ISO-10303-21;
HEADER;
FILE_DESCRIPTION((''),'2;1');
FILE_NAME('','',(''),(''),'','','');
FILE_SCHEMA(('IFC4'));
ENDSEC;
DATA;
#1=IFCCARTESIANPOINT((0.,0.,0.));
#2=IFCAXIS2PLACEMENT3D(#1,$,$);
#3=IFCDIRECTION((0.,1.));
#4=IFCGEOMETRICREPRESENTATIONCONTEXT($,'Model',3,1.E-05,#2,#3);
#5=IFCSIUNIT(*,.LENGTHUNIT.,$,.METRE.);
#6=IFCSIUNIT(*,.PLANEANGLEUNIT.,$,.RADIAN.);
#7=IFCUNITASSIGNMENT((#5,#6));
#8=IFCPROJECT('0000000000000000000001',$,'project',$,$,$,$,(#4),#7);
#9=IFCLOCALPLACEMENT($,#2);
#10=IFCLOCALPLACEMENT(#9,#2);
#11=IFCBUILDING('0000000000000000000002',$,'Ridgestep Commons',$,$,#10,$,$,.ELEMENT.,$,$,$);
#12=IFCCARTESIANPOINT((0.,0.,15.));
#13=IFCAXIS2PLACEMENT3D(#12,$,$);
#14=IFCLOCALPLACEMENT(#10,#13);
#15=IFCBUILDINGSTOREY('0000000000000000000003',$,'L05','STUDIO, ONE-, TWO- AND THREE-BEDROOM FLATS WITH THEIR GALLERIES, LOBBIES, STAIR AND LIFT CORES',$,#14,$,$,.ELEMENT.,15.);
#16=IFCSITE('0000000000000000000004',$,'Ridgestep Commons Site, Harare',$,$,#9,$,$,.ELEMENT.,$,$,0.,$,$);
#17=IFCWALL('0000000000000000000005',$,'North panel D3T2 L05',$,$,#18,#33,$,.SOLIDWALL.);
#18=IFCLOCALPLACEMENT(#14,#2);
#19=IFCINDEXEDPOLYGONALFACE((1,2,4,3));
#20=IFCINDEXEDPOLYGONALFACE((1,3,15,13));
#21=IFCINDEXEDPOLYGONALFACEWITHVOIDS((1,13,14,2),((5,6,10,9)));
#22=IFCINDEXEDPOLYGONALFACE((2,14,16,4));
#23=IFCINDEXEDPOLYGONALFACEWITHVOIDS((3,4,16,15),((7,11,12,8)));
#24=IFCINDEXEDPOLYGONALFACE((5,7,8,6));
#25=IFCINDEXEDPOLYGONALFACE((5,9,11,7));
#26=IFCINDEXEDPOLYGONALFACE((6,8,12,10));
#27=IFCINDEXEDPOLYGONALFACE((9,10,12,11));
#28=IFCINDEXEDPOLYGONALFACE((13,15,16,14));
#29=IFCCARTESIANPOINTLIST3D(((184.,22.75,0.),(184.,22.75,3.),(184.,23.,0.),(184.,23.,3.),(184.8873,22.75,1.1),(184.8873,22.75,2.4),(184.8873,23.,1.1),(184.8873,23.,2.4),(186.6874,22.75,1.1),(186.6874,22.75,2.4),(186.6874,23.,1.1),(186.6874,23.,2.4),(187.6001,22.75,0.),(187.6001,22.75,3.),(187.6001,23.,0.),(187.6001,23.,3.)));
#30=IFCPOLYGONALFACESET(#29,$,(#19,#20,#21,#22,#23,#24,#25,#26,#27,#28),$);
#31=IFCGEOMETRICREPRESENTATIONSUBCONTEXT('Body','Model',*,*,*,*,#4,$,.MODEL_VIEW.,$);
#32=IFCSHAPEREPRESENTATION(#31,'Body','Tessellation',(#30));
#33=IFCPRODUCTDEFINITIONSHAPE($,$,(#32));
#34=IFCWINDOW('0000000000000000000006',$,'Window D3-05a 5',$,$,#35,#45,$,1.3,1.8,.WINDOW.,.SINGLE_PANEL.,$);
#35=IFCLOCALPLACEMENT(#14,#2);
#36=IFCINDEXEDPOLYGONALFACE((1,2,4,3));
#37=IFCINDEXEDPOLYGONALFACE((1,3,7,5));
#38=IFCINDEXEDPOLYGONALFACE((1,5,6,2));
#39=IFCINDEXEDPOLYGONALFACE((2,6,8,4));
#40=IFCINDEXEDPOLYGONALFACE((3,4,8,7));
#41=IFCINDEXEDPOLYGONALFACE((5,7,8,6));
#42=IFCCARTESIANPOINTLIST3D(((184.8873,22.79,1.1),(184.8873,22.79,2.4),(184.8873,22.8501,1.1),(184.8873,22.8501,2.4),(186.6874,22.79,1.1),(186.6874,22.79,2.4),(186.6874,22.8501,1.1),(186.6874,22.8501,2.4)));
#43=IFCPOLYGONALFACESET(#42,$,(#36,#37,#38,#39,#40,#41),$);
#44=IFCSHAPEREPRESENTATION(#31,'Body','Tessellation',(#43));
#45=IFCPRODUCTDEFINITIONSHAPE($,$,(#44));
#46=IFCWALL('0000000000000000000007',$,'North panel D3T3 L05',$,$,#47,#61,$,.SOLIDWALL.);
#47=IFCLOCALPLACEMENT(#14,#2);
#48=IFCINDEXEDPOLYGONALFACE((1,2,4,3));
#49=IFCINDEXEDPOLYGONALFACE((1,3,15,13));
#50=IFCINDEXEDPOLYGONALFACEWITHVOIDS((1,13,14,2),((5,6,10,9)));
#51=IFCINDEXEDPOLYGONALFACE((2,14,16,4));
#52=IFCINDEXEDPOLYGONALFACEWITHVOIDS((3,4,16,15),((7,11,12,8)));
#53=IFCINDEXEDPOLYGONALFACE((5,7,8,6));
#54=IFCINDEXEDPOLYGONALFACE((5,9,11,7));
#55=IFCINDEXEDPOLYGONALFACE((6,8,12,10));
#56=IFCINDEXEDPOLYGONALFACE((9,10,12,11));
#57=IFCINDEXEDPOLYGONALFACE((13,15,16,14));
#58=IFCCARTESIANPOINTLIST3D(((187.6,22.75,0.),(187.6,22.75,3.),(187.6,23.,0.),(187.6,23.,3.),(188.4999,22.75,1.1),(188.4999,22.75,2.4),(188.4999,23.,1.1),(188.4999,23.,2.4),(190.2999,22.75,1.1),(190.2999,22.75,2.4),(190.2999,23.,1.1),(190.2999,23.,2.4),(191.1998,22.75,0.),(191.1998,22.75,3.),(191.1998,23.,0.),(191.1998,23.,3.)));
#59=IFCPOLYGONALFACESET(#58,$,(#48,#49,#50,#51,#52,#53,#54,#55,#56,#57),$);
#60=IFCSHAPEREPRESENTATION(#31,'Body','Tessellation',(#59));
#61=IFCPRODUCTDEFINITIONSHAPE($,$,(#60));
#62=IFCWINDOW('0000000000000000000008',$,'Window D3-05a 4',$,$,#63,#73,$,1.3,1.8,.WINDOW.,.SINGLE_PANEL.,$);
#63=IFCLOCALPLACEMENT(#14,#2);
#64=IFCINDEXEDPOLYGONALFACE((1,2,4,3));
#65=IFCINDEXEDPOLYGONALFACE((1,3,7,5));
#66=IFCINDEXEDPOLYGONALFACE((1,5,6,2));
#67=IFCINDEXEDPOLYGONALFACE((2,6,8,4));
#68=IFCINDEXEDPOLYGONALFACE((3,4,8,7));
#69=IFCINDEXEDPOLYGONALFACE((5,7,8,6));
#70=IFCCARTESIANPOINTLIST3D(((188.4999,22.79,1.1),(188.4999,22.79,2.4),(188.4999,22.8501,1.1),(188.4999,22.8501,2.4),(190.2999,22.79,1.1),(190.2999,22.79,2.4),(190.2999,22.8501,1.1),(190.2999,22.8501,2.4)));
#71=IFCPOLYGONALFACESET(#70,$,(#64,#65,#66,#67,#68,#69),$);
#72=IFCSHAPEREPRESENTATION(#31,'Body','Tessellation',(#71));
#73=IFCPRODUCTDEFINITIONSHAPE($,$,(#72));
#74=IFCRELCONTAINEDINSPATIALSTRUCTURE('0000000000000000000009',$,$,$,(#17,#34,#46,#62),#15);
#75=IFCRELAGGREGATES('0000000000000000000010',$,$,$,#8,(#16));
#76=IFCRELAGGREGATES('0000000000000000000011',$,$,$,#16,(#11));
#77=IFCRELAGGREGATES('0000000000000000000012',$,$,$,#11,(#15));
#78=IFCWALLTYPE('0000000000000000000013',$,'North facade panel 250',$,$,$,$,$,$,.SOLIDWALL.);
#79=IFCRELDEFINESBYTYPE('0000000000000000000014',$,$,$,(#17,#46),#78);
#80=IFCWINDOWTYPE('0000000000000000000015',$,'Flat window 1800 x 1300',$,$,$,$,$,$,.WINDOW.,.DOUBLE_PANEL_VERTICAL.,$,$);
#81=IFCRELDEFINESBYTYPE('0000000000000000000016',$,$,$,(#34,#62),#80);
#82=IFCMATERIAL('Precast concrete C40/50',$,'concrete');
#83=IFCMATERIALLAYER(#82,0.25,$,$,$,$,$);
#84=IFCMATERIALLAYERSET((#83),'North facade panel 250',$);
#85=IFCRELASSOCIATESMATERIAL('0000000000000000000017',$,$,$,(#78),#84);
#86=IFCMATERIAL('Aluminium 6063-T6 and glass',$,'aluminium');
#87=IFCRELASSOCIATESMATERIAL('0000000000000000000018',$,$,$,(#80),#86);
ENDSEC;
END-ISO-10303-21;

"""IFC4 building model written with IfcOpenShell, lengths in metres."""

from ifc_helpers import new_model, si_unit, direction, frame, frame_2d, origin, place, context, subcontext, project, spatial, rectangle, extrude, material, layer, layer_set, type_object, element, fill, save


model = new_model("IFC4")

# Units and contexts
model_context = context("Model", 3, precision=1e-05, world=origin(), true_north=direction((0.0, 1.0)))
body_context = subcontext(model_context, "Body", "Model", "MODEL_VIEW")
ifc_project = project(units=[si_unit("LENGTHUNIT", "METRE"), si_unit("PLANEANGLEUNIT", "RADIAN")], contexts=[model_context])

# Site, building, storey
site_placement = place(None, origin())
site = spatial("IfcSite", under=ifc_project, at=site_placement, Name="Ridgestep Commons Site, Harare", CompositionType="ELEMENT", RefElevation=0.0)
building_placement = place(site_placement, origin())
building = spatial("IfcBuilding", under=site, at=building_placement, Name="Ridgestep Commons", CompositionType="ELEMENT")
storey_placement = place(building_placement, frame((0.0, 0.0, 15.0)))
storey = spatial("IfcBuildingStorey", under=building, at=storey_placement, Name="L05", Description="STUDIO, ONE-, TWO- AND THREE-BEDROOM FLATS WITH THEIR GALLERIES, LOBBIES, STAIR AND LIFT CORES", CompositionType="ELEMENT", Elevation=15.0)

# Shared definitions
ifc_material_1 = material(Name="Precast concrete C40/50", Category="concrete")
ifc_layer_1 = layer(ifc_material_1, 0.25)
ifc_layer_set_1 = layer_set([ifc_layer_1], Name="North facade panel 250")
wall_type = type_object("IfcWallType", Name="North facade panel 250", PredefinedType="SOLIDWALL", material=ifc_layer_set_1)

# Shared definitions
ifc_material_2 = material(Name="Aluminium 6063-T6 and glass", Category="aluminium")
window_type_1 = type_object("IfcWindowType", Name="Flat window 1800 x 1300", PartitioningType="DOUBLE_PANEL_VERTICAL", PredefinedType="WINDOW", material=ifc_material_2)

# Walls, openings, windows
wall_1_placement = place(storey_placement, frame((184.0, 22.875, 0.0), z_axis=(0.0, 0.0, 1.0), x_axis=(1.0, 0.0, 0.0)))
wall_1 = element("IfcWall", 1, at=wall_1_placement, inside=storey, type_object=wall_type, Name="North panel D3T2 L05", PredefinedType="SOLIDWALL", context=body_context, shape_type="SweptSolid", body=[
    extrude(rectangle(XDim=3.6001, YDim=0.25, at=frame_2d((1.8, 0.0))), origin(), (0.0, 0.0, 1.0), 3.0),
])
opening_1_placement = place(wall_1_placement, frame((0.8875, 0.0, 1.1001)))
opening_1 = element("IfcOpeningElement", 2, at=opening_1_placement, cuts=wall_1, PredefinedType="OPENING", context=body_context, shape_type="SweptSolid", body=[
    extrude(rectangle(XDim=1.8, YDim=1.3, at=frame_2d((0.8999, 0.6499))), frame((0.0, 0.135, 0.0), z_axis=(0.0, -1.0, 0.0), x_axis=(1.0, 0.0, 0.0)), (0.0, 0.0, 1.0), 0.27),
])
window_1_placement = place(opening_1_placement, origin())
window_1 = element("IfcWindow", 3, at=window_1_placement, inside=storey, type_object=window_type_1, Name="Window D3-05a 5", OverallHeight=1.3, OverallWidth=1.8, PartitioningType="SINGLE_PANEL", PredefinedType="WINDOW", context=body_context, shape_type="SweptSolid", body=[
    extrude(rectangle(XDim=1.8, YDim=1.3, at=frame_2d((0.8999, 0.6499))), frame((0.0, -0.0249, 0.0), z_axis=(0.0, -1.0, 0.0), x_axis=(1.0, 0.0, 0.0)), (0.0, 0.0, 1.0), 0.0601),
])
fill(opening_1, window_1)
wall_2_placement = place(storey_placement, frame((187.6001, 22.875, 0.0), z_axis=(0.0, 0.0, 1.0), x_axis=(1.0, 0.0, 0.0)))
wall_2 = element("IfcWall", 4, at=wall_2_placement, inside=storey, type_object=wall_type, Name="North panel D3T3 L05", PredefinedType="SOLIDWALL", context=body_context, shape_type="SweptSolid", body=[
    extrude(rectangle(XDim=3.5999, YDim=0.25, at=frame_2d((1.7998, 0.0))), origin(), (0.0, 0.0, 1.0), 3.0),
])
opening_2_placement = place(wall_2_placement, frame((0.8999, 0.0, 1.1001)))
opening_2 = element("IfcOpeningElement", 5, at=opening_2_placement, cuts=wall_2, PredefinedType="OPENING", context=body_context, shape_type="SweptSolid", body=[
    extrude(rectangle(XDim=1.8, YDim=1.3, at=frame_2d((0.8999, 0.6499))), frame((0.0, 0.135, 0.0), z_axis=(0.0, -1.0, 0.0), x_axis=(1.0, 0.0, 0.0)), (0.0, 0.0, 1.0), 0.27),
])
window_2_placement = place(opening_2_placement, origin())
window_2 = element("IfcWindow", 6, at=window_2_placement, inside=storey, type_object=window_type_1, Name="Window D3-05a 4", OverallHeight=1.3, OverallWidth=1.8, PartitioningType="SINGLE_PANEL", PredefinedType="WINDOW", context=body_context, shape_type="SweptSolid", body=[
    extrude(rectangle(XDim=1.8, YDim=1.3, at=frame_2d((0.8999, 0.6499))), frame((0.0, -0.0249, 0.0), z_axis=(0.0, -1.0, 0.0), x_axis=(1.0, 0.0, 0.0)), (0.0, 0.0, 1.0), 0.0601),
])
fill(opening_2, window_2)

save(model, "model.ifc")
